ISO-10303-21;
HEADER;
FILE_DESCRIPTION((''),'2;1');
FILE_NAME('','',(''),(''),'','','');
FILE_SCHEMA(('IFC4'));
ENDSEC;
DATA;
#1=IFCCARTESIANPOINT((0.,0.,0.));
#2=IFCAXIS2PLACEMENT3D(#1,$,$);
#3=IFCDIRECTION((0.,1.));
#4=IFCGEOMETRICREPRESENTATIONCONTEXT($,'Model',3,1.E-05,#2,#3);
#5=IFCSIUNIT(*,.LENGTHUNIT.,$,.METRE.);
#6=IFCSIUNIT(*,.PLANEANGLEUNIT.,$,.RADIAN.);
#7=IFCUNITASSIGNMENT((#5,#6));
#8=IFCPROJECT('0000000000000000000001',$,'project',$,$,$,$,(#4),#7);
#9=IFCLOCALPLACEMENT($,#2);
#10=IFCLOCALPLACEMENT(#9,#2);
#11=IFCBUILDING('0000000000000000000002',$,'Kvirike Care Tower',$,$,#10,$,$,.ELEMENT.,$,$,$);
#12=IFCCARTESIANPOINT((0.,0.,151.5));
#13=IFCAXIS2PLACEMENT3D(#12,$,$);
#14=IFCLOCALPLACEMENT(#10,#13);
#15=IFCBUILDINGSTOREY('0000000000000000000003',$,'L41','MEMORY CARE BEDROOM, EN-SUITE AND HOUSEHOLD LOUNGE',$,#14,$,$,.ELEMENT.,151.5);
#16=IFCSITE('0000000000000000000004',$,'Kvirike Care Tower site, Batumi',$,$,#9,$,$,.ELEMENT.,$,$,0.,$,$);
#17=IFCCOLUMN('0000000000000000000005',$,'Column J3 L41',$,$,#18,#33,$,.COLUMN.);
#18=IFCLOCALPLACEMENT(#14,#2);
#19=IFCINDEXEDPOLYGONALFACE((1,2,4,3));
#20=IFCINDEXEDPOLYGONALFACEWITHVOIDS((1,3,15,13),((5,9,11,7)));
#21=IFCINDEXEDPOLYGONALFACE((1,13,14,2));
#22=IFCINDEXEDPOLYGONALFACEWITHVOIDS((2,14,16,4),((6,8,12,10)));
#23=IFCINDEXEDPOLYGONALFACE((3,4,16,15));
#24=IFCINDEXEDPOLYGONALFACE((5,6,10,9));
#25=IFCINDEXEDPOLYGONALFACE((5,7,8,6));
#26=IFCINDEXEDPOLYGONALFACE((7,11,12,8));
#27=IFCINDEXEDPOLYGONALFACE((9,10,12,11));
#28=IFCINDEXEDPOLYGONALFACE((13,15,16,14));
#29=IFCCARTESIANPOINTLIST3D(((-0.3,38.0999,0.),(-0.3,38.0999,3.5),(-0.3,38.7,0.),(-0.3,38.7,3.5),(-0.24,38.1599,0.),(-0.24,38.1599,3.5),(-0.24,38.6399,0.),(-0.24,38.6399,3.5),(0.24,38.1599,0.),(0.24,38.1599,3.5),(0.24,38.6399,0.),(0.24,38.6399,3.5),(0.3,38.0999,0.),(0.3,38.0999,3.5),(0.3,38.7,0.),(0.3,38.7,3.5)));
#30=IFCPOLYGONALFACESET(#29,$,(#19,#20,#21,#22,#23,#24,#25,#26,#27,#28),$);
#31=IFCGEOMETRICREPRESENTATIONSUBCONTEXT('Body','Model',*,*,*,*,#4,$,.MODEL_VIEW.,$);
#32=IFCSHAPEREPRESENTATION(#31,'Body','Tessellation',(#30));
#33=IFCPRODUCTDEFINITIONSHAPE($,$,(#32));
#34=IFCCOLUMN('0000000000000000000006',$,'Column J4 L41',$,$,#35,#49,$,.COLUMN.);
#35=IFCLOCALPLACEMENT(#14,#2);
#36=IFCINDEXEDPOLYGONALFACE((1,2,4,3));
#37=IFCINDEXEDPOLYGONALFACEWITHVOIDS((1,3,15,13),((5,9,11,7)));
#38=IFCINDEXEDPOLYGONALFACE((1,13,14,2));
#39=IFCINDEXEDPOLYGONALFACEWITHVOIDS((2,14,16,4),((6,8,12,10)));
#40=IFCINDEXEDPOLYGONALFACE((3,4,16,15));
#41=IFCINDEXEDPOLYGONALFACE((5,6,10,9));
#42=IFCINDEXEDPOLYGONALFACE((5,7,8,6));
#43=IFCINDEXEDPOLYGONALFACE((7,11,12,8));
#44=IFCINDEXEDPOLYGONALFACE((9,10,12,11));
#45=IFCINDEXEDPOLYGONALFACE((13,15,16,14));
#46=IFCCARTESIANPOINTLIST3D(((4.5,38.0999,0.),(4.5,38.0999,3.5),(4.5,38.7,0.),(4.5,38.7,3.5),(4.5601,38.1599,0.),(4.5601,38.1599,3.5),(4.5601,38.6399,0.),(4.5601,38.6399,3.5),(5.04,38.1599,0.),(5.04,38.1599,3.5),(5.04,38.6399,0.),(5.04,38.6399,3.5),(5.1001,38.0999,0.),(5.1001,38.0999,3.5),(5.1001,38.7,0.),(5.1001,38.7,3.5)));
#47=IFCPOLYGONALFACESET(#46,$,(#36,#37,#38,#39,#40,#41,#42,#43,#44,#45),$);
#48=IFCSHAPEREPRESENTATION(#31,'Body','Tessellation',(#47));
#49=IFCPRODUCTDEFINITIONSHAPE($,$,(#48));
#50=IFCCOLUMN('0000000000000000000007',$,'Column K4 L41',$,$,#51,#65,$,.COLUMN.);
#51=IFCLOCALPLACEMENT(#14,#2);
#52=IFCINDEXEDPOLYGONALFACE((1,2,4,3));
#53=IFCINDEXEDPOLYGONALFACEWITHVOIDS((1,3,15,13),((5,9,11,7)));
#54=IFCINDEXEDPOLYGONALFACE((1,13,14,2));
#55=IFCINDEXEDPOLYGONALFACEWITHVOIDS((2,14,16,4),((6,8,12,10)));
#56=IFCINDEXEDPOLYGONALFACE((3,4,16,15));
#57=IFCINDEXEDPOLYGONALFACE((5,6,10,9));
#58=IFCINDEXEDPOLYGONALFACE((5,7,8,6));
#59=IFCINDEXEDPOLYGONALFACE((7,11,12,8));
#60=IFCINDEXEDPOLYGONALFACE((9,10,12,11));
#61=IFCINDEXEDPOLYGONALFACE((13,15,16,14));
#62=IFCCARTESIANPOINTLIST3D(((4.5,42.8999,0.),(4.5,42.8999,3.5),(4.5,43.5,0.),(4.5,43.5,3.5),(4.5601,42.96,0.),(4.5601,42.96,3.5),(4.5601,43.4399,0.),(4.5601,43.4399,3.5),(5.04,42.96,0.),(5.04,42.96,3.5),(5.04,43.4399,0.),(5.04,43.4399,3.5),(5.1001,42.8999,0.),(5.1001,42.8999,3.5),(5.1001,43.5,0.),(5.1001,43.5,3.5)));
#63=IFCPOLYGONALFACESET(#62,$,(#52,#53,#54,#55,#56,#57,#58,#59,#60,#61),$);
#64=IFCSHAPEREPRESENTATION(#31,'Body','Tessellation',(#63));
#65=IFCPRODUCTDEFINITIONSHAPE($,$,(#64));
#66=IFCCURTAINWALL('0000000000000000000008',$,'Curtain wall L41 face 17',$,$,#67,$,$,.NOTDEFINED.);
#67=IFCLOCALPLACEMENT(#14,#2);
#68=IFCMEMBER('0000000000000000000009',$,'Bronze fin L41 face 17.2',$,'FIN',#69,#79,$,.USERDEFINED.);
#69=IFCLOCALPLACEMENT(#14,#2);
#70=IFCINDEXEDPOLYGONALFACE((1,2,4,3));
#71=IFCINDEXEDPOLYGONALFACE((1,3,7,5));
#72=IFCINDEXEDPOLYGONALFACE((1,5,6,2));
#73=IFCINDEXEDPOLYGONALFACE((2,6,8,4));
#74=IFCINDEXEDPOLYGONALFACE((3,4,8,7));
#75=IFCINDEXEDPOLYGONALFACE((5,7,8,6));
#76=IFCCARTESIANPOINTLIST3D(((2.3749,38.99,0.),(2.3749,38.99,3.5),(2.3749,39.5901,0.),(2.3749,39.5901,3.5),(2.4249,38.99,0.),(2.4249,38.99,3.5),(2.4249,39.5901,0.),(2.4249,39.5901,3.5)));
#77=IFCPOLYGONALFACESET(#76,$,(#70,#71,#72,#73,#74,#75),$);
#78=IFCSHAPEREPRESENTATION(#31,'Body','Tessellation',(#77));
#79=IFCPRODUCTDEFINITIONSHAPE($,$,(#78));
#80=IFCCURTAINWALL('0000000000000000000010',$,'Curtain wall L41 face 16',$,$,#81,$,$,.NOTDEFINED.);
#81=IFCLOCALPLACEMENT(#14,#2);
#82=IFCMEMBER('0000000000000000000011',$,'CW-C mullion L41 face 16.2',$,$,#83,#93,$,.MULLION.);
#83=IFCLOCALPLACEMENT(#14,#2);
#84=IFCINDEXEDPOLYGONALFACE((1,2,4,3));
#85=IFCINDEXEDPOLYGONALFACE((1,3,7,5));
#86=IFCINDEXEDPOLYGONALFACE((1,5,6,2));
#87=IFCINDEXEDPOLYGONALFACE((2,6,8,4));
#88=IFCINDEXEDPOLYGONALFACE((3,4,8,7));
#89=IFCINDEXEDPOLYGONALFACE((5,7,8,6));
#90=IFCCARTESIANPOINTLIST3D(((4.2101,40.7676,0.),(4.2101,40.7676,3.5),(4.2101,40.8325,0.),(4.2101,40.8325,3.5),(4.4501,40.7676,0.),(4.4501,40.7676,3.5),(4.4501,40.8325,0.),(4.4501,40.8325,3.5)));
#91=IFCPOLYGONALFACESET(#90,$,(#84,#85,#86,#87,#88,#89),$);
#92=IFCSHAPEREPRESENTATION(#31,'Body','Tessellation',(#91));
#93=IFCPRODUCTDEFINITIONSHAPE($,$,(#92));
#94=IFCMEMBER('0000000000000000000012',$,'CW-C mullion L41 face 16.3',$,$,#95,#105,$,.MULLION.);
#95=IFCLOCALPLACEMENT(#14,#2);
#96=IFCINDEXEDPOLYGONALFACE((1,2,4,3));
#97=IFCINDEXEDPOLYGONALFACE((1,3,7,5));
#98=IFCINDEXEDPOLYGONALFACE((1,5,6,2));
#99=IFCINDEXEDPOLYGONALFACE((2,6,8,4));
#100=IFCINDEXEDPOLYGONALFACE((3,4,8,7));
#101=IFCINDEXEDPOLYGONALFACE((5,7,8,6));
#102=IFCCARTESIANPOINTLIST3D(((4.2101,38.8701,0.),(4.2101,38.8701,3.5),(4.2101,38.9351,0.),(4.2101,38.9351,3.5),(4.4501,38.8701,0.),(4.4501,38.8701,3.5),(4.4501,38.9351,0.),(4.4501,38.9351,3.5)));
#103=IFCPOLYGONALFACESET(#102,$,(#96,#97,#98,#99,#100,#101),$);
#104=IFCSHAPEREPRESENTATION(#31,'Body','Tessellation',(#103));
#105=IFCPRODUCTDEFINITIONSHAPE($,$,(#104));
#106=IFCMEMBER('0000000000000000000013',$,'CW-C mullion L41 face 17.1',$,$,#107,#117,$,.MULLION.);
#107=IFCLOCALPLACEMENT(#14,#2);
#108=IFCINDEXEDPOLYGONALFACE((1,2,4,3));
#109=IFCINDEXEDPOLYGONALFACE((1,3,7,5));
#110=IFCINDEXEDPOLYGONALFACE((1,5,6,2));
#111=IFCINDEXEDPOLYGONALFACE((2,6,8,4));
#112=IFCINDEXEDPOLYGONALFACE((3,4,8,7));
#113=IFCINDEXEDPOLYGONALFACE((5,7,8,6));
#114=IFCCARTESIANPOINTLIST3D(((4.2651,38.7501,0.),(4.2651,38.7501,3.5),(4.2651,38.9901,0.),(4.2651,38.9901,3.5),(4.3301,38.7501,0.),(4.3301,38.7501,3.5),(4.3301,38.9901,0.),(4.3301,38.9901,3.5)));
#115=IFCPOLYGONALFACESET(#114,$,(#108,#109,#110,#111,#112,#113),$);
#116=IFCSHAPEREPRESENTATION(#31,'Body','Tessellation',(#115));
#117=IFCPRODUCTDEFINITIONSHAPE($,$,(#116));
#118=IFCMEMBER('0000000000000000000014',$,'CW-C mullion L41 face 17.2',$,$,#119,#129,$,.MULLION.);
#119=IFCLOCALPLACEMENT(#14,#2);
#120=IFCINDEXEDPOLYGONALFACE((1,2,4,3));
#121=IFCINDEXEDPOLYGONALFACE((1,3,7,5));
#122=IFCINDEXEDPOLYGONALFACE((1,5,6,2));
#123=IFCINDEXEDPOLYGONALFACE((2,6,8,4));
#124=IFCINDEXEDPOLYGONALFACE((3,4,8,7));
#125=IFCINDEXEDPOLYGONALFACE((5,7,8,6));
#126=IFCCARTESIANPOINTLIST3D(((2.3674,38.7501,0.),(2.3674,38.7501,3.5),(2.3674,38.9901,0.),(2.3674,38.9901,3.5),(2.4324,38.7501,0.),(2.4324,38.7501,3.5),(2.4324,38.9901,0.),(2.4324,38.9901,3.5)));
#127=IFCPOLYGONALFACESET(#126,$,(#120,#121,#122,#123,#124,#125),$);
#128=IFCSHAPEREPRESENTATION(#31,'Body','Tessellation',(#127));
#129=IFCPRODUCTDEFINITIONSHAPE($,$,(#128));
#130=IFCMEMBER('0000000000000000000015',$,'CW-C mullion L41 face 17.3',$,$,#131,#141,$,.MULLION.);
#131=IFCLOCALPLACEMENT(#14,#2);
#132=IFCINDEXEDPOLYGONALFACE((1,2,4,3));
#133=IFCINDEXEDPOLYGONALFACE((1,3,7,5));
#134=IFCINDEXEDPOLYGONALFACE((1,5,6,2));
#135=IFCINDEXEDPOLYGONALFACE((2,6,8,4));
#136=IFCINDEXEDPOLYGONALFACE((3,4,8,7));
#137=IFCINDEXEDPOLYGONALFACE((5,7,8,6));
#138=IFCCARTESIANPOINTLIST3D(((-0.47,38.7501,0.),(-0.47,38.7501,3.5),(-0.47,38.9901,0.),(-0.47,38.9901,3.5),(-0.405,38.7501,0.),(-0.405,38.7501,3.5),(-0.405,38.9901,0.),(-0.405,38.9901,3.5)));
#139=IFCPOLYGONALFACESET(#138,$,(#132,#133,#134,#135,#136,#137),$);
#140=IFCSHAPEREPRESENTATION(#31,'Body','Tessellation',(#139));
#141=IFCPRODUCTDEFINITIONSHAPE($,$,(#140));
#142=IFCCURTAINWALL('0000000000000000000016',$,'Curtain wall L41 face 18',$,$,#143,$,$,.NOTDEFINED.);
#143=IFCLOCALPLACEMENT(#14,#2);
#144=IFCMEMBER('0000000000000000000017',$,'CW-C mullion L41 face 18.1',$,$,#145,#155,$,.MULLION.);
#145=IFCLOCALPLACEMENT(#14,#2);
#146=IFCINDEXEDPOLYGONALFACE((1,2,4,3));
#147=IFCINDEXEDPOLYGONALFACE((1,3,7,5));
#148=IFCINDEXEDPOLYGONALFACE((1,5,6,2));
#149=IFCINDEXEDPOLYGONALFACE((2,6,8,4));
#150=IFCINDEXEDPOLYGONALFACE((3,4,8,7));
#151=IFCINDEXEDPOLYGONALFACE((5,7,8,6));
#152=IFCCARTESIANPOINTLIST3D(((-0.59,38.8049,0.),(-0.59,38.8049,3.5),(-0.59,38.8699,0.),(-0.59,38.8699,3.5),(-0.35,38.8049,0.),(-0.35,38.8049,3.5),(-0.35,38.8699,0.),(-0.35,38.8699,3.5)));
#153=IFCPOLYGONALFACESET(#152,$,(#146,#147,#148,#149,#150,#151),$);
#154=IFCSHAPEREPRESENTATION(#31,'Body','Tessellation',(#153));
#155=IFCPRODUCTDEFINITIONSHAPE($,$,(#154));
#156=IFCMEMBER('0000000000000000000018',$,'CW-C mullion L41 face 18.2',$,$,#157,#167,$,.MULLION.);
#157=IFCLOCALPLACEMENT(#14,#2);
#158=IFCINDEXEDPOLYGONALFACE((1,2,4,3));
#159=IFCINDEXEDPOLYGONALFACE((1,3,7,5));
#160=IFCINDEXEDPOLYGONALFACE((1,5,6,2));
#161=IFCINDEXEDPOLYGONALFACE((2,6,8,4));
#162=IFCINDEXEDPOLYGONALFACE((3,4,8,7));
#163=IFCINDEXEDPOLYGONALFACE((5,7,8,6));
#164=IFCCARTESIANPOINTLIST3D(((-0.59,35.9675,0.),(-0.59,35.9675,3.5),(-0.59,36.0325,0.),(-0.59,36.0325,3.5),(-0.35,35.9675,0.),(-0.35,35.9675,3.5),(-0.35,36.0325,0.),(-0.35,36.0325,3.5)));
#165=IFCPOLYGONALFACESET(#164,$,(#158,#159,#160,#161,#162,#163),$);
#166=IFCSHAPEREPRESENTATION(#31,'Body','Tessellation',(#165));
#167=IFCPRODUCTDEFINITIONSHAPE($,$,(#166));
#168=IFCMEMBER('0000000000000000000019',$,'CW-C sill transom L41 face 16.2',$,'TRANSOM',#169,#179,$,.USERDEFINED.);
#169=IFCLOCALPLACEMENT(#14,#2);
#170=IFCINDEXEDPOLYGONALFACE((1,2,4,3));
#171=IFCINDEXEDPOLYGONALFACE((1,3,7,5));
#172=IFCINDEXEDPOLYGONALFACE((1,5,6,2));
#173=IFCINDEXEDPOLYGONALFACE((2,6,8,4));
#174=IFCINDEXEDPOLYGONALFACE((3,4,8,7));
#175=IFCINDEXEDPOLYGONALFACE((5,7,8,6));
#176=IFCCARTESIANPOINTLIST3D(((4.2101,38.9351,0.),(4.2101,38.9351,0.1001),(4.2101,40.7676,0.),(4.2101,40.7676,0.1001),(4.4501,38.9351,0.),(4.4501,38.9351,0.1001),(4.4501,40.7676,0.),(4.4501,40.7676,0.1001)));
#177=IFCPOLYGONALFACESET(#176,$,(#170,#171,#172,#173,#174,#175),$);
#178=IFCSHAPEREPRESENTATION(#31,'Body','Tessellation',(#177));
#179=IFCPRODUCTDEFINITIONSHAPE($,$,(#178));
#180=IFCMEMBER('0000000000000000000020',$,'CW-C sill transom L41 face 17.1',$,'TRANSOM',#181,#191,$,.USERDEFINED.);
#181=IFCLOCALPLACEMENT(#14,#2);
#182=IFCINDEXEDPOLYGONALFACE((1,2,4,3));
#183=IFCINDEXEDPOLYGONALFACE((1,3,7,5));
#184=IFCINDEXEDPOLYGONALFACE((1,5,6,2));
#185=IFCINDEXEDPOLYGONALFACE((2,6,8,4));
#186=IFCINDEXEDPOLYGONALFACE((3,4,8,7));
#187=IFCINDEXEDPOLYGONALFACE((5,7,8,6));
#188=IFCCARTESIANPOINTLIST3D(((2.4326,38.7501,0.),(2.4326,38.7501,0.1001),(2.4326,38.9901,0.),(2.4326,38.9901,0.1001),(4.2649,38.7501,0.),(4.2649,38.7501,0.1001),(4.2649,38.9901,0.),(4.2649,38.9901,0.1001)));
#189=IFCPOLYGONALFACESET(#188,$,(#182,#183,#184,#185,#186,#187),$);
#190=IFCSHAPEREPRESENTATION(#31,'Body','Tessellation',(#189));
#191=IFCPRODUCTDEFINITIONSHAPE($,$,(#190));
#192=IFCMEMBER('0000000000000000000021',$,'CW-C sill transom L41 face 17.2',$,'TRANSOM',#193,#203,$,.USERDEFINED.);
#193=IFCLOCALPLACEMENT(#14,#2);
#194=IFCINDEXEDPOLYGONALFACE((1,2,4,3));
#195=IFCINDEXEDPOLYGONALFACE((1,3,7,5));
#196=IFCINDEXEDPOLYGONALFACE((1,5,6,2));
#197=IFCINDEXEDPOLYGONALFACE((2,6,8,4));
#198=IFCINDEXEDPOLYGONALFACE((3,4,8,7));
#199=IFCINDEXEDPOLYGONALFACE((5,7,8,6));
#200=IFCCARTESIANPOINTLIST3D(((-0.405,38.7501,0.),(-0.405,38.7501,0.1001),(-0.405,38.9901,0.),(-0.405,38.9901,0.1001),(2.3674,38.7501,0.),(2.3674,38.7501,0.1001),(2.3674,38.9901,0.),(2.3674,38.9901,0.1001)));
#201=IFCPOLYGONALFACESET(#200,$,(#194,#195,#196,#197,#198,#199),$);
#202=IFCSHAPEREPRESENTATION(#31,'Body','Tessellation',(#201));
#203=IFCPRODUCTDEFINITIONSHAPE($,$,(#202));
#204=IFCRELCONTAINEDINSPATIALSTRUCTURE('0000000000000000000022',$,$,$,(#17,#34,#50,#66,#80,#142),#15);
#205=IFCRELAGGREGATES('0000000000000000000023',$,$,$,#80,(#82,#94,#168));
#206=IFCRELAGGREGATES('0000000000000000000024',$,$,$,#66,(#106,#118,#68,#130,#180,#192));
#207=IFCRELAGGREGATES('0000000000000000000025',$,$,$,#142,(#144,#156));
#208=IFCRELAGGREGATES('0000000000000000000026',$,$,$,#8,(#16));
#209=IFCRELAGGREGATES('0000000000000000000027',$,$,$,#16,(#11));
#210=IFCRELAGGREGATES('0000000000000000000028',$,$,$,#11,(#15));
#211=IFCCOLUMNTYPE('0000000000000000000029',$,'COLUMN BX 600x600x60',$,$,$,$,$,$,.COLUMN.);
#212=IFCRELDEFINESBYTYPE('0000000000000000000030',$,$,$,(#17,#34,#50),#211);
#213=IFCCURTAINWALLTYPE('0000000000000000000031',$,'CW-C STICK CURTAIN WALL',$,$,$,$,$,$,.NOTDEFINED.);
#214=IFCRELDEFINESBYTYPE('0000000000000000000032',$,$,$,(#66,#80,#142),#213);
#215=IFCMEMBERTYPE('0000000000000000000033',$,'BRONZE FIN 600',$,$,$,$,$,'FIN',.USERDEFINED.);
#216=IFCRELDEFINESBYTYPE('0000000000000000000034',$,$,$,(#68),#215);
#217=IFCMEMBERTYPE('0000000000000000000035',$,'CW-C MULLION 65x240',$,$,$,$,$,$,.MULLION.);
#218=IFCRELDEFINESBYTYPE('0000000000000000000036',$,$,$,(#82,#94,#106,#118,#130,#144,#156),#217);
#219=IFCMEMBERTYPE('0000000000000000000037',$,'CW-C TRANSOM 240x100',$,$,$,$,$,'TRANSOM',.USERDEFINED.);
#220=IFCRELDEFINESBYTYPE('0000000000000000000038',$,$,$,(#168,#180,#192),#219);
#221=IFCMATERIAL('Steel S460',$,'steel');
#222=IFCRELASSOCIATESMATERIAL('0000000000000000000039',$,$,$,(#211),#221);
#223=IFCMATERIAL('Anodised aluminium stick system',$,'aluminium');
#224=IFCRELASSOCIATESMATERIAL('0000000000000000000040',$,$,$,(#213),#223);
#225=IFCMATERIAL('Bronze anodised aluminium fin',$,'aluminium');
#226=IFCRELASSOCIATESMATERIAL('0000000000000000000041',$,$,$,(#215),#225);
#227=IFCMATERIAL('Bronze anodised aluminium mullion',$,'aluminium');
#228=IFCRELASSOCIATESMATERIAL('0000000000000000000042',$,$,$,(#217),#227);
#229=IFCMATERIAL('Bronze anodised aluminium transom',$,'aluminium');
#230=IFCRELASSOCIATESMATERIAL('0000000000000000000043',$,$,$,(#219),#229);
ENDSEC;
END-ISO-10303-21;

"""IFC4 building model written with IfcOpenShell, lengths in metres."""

from ifc_helpers import new_model, si_unit, direction, frame, origin, origin_2d, place, context, subcontext, project, spatial, rectangle, hollow_rectangle, extrude, material, material_profile, profile_set, type_object, element, aggregate, save


model = new_model("IFC4")

# Units and contexts
model_context = context("Model", 3, precision=1e-05, world=origin(), true_north=direction((0.0, 1.0)))
body_context = subcontext(model_context, "Body", "Model", "MODEL_VIEW")
ifc_project = project(units=[si_unit("LENGTHUNIT", "METRE"), si_unit("PLANEANGLEUNIT", "RADIAN")], contexts=[model_context])

# Site, building, storey
site_placement = place(None, origin())
site = spatial("IfcSite", under=ifc_project, at=site_placement, Name="Kvirike Care Tower site, Batumi", CompositionType="ELEMENT", RefElevation=0.0)
building_placement = place(site_placement, origin())
building = spatial("IfcBuilding", under=site, at=building_placement, Name="Kvirike Care Tower", CompositionType="ELEMENT")
storey_placement = place(building_placement, frame((0.0, 0.0, 151.5)))
storey = spatial("IfcBuildingStorey", under=building, at=storey_placement, Name="L41", Description="MEMORY CARE BEDROOM, EN-SUITE AND HOUSEHOLD LOUNGE", CompositionType="ELEMENT", Elevation=151.5)

# Columns
ifc_material_1 = material(Name="Steel S460", Category="steel")
ifc_material_profile_1 = material_profile(ifc_material_1, hollow_rectangle(XDim=0.6001, YDim=0.6001, WallThickness=0.0601, at=origin_2d()), Name="BX 600x600x60")
ifc_profile_set_1 = profile_set([ifc_material_profile_1], Name="Steel S460")
column_type = type_object("IfcColumnType", Name="COLUMN BX 600x600x60", PredefinedType="COLUMN", material=ifc_profile_set_1)
for number, where, z_axis, x_axis, name in (
    (1, (0.0, 38.3999, 0.0), (0.0, 0.0, 1.0), (0.0, 1.0, 0.0), "Column J3 L41"),
    (2, (4.8, 38.3999, 0.0), (0.0, 0.0, 1.0), (0.0, 1.0, 0.0), "Column J4 L41"),
    (3, (4.8, 43.2, 0.0), (0.0, 0.0, 1.0), (0.0, 1.0, 0.0), "Column K4 L41"),
):
    element("IfcColumn", number, at=place(storey_placement, frame(where, z_axis=z_axis, x_axis=x_axis)), inside=storey, type_object=column_type, Name=name, PredefinedType="COLUMN", context=body_context, shape_type="SweptSolid", body=[
        extrude(hollow_rectangle(XDim=0.6001, YDim=0.6001, WallThickness=0.0601, at=origin_2d()), origin(), (0.0, 0.0, 1.0), 3.5),
    ])

# Curtain wall, member
ifc_material_2 = material(Name="Anodised aluminium stick system", Category="aluminium")
curtain_wall_type = type_object("IfcCurtainWallType", Name="CW-C STICK CURTAIN WALL", PredefinedType="NOTDEFINED", material=ifc_material_2)
curtain_wall_1_placement = place(storey_placement, origin())
curtain_wall_1 = element("IfcCurtainWall", 4, at=curtain_wall_1_placement, inside=storey, type_object=curtain_wall_type, Name="Curtain wall L41 face 17", PredefinedType="NOTDEFINED")
ifc_material_3 = material(Name="Bronze anodised aluminium fin", Category="aluminium")
ifc_material_profile_2 = material_profile(ifc_material_3, rectangle(XDim=0.05, YDim=0.6001, at=origin_2d()), Name="BRONZE FIN 600")
ifc_profile_set_2 = profile_set([ifc_material_profile_2], Name="Bronze anodised aluminium fin")
member_type_1 = type_object("IfcMemberType", Name="BRONZE FIN 600", ElementType="FIN", PredefinedType="USERDEFINED", material=ifc_profile_set_2)
member_1_placement = place(storey_placement, frame((2.3999, 39.29, 0.0), z_axis=(0.0, 0.0, 1.0), x_axis=(-1.0, 0.0, 0.0)))
member_1 = element("IfcMember", 5, at=member_1_placement, type_object=member_type_1, Name="Bronze fin L41 face 17.2", ObjectType="FIN", PredefinedType="USERDEFINED", context=body_context, shape_type="SweptSolid", body=[
    extrude(rectangle(XDim=0.05, YDim=0.6001, at=origin_2d()), origin(), (0.0, 0.0, 1.0), 3.5),
])

# Curtain wall, members
curtain_wall_2_placement = place(storey_placement, origin())
curtain_wall_2 = element("IfcCurtainWall", 6, at=curtain_wall_2_placement, inside=storey, type_object=curtain_wall_type, Name="Curtain wall L41 face 16", PredefinedType="NOTDEFINED")
ifc_material_4 = material(Name="Bronze anodised aluminium mullion", Category="aluminium")
ifc_material_profile_3 = material_profile(ifc_material_4, rectangle(XDim=0.0649, YDim=0.24, at=origin_2d()), Name="CW-C MULLION 65x240")
ifc_profile_set_3 = profile_set([ifc_material_profile_3], Name="Bronze anodised aluminium mullion")
member_type_2 = type_object("IfcMemberType", Name="CW-C MULLION 65x240", PredefinedType="MULLION", material=ifc_profile_set_3)
member_2_placement = place(storey_placement, frame((4.3301, 40.8, 0.0), z_axis=(0.0, 0.0, 1.0), x_axis=(0.0, -1.0, 0.0)))
member_2 = element("IfcMember", 7, at=member_2_placement, type_object=member_type_2, Name="CW-C mullion L41 face 16.2", PredefinedType="MULLION", context=body_context, shape_type="SweptSolid", body=[
    extrude(rectangle(XDim=0.0649, YDim=0.24, at=origin_2d()), origin(), (0.0, 0.0, 1.0), 3.5),
])
member_3_placement = place(storey_placement, frame((4.3301, 38.9026, 0.0), z_axis=(0.0, 0.0, 1.0), x_axis=(0.0, -1.0, 0.0)))
member_3 = element("IfcMember", 8, at=member_3_placement, type_object=member_type_2, Name="CW-C mullion L41 face 16.3", PredefinedType="MULLION", context=body_context, shape_type="SweptSolid", body=[
    extrude(rectangle(XDim=0.0649, YDim=0.24, at=origin_2d()), origin(), (0.0, 0.0, 1.0), 3.5),
])

# Members
member_4_placement = place(storey_placement, frame((4.2976, 38.8701, 0.0), z_axis=(0.0, 0.0, 1.0), x_axis=(-1.0, 0.0, 0.0)))
member_4 = element("IfcMember", 9, at=member_4_placement, type_object=member_type_2, Name="CW-C mullion L41 face 17.1", PredefinedType="MULLION", context=body_context, shape_type="SweptSolid", body=[
    extrude(rectangle(XDim=0.0649, YDim=0.24, at=origin_2d()), origin(), (0.0, 0.0, 1.0), 3.5),
])
member_5_placement = place(storey_placement, frame((2.3999, 38.8701, 0.0), z_axis=(0.0, 0.0, 1.0), x_axis=(-1.0, 0.0, 0.0)))
member_5 = element("IfcMember", 10, at=member_5_placement, type_object=member_type_2, Name="CW-C mullion L41 face 17.2", PredefinedType="MULLION", context=body_context, shape_type="SweptSolid", body=[
    extrude(rectangle(XDim=0.0649, YDim=0.24, at=origin_2d()), origin(), (0.0, 0.0, 1.0), 3.5),
])
member_6_placement = place(storey_placement, frame((-0.4375, 38.8701, 0.0), z_axis=(0.0, 0.0, 1.0), x_axis=(-1.0, 0.0, 0.0)))
member_6 = element("IfcMember", 11, at=member_6_placement, type_object=member_type_2, Name="CW-C mullion L41 face 17.3", PredefinedType="MULLION", context=body_context, shape_type="SweptSolid", body=[
    extrude(rectangle(XDim=0.0649, YDim=0.24, at=origin_2d()), origin(), (0.0, 0.0, 1.0), 3.5),
])

# Curtain wall, members
curtain_wall_3_placement = place(storey_placement, origin())
curtain_wall_3 = element("IfcCurtainWall", 12, at=curtain_wall_3_placement, inside=storey, type_object=curtain_wall_type, Name="Curtain wall L41 face 18", PredefinedType="NOTDEFINED")
member_7_placement = place(storey_placement, frame((-0.47, 38.8374, 0.0), z_axis=(0.0, 0.0, 1.0), x_axis=(0.0, -1.0, 0.0)))
member_7 = element("IfcMember", 13, at=member_7_placement, type_object=member_type_2, Name="CW-C mullion L41 face 18.1", PredefinedType="MULLION", context=body_context, shape_type="SweptSolid", body=[
    extrude(rectangle(XDim=0.0649, YDim=0.24, at=origin_2d()), origin(), (0.0, 0.0, 1.0), 3.5),
])
member_8_placement = place(storey_placement, frame((-0.47, 36.0, 0.0), z_axis=(0.0, 0.0, 1.0), x_axis=(0.0, -1.0, 0.0)))
member_8 = element("IfcMember", 14, at=member_8_placement, type_object=member_type_2, Name="CW-C mullion L41 face 18.2", PredefinedType="MULLION", context=body_context, shape_type="SweptSolid", body=[
    extrude(rectangle(XDim=0.0649, YDim=0.24, at=origin_2d()), origin(), (0.0, 0.0, 1.0), 3.5),
])

# Members
ifc_material_5 = material(Name="Bronze anodised aluminium transom", Category="aluminium")
ifc_material_profile_4 = material_profile(ifc_material_5, rectangle(XDim=0.24, YDim=0.1001, at=origin_2d()), Name="CW-C TRANSOM 240x100")
ifc_profile_set_4 = profile_set([ifc_material_profile_4], Name="Bronze anodised aluminium transom")
member_type_3 = type_object("IfcMemberType", Name="CW-C TRANSOM 240x100", ElementType="TRANSOM", PredefinedType="USERDEFINED", material=ifc_profile_set_4)
member_9_placement = place(storey_placement, frame((4.3301, 40.7676, 0.05), z_axis=(0.0, -1.0, 0.0), x_axis=(1.0, 0.0, 0.0)))
member_9 = element("IfcMember", 15, at=member_9_placement, type_object=member_type_3, Name="CW-C sill transom L41 face 16.2", ObjectType="TRANSOM", PredefinedType="USERDEFINED", context=body_context, shape_type="SweptSolid", body=[
    extrude(rectangle(XDim=0.24, YDim=0.1001, at=origin_2d()), origin(), (0.0, 0.0, 1.0), 1.8325),
])
member_10_placement = place(storey_placement, frame((4.2649, 38.8701, 0.05), z_axis=(-1.0, 0.0, 0.0), x_axis=(0.0, -1.0, 0.0)))
member_10 = element("IfcMember", 16, at=member_10_placement, type_object=member_type_3, Name="CW-C sill transom L41 face 17.1", ObjectType="TRANSOM", PredefinedType="USERDEFINED", context=body_context, shape_type="SweptSolid", body=[
    extrude(rectangle(XDim=0.24, YDim=0.1001, at=origin_2d()), origin(), (0.0, 0.0, 1.0), 1.8323),
])
member_11_placement = place(storey_placement, frame((2.3674, 38.8701, 0.05), z_axis=(-1.0, 0.0, 0.0), x_axis=(0.0, -1.0, 0.0)))
member_11 = element("IfcMember", 17, at=member_11_placement, type_object=member_type_3, Name="CW-C sill transom L41 face 17.2", ObjectType="TRANSOM", PredefinedType="USERDEFINED", context=body_context, shape_type="SweptSolid", body=[
    extrude(rectangle(XDim=0.24, YDim=0.1001, at=origin_2d()), origin(), (0.0, 0.0, 1.0), 2.7725),
])

aggregate(curtain_wall_2, [member_2, member_3, member_9])
aggregate(curtain_wall_1, [member_4, member_5, member_1, member_6, member_10, member_11])
aggregate(curtain_wall_3, [member_7, member_8])

save(model, "model.ifc")
